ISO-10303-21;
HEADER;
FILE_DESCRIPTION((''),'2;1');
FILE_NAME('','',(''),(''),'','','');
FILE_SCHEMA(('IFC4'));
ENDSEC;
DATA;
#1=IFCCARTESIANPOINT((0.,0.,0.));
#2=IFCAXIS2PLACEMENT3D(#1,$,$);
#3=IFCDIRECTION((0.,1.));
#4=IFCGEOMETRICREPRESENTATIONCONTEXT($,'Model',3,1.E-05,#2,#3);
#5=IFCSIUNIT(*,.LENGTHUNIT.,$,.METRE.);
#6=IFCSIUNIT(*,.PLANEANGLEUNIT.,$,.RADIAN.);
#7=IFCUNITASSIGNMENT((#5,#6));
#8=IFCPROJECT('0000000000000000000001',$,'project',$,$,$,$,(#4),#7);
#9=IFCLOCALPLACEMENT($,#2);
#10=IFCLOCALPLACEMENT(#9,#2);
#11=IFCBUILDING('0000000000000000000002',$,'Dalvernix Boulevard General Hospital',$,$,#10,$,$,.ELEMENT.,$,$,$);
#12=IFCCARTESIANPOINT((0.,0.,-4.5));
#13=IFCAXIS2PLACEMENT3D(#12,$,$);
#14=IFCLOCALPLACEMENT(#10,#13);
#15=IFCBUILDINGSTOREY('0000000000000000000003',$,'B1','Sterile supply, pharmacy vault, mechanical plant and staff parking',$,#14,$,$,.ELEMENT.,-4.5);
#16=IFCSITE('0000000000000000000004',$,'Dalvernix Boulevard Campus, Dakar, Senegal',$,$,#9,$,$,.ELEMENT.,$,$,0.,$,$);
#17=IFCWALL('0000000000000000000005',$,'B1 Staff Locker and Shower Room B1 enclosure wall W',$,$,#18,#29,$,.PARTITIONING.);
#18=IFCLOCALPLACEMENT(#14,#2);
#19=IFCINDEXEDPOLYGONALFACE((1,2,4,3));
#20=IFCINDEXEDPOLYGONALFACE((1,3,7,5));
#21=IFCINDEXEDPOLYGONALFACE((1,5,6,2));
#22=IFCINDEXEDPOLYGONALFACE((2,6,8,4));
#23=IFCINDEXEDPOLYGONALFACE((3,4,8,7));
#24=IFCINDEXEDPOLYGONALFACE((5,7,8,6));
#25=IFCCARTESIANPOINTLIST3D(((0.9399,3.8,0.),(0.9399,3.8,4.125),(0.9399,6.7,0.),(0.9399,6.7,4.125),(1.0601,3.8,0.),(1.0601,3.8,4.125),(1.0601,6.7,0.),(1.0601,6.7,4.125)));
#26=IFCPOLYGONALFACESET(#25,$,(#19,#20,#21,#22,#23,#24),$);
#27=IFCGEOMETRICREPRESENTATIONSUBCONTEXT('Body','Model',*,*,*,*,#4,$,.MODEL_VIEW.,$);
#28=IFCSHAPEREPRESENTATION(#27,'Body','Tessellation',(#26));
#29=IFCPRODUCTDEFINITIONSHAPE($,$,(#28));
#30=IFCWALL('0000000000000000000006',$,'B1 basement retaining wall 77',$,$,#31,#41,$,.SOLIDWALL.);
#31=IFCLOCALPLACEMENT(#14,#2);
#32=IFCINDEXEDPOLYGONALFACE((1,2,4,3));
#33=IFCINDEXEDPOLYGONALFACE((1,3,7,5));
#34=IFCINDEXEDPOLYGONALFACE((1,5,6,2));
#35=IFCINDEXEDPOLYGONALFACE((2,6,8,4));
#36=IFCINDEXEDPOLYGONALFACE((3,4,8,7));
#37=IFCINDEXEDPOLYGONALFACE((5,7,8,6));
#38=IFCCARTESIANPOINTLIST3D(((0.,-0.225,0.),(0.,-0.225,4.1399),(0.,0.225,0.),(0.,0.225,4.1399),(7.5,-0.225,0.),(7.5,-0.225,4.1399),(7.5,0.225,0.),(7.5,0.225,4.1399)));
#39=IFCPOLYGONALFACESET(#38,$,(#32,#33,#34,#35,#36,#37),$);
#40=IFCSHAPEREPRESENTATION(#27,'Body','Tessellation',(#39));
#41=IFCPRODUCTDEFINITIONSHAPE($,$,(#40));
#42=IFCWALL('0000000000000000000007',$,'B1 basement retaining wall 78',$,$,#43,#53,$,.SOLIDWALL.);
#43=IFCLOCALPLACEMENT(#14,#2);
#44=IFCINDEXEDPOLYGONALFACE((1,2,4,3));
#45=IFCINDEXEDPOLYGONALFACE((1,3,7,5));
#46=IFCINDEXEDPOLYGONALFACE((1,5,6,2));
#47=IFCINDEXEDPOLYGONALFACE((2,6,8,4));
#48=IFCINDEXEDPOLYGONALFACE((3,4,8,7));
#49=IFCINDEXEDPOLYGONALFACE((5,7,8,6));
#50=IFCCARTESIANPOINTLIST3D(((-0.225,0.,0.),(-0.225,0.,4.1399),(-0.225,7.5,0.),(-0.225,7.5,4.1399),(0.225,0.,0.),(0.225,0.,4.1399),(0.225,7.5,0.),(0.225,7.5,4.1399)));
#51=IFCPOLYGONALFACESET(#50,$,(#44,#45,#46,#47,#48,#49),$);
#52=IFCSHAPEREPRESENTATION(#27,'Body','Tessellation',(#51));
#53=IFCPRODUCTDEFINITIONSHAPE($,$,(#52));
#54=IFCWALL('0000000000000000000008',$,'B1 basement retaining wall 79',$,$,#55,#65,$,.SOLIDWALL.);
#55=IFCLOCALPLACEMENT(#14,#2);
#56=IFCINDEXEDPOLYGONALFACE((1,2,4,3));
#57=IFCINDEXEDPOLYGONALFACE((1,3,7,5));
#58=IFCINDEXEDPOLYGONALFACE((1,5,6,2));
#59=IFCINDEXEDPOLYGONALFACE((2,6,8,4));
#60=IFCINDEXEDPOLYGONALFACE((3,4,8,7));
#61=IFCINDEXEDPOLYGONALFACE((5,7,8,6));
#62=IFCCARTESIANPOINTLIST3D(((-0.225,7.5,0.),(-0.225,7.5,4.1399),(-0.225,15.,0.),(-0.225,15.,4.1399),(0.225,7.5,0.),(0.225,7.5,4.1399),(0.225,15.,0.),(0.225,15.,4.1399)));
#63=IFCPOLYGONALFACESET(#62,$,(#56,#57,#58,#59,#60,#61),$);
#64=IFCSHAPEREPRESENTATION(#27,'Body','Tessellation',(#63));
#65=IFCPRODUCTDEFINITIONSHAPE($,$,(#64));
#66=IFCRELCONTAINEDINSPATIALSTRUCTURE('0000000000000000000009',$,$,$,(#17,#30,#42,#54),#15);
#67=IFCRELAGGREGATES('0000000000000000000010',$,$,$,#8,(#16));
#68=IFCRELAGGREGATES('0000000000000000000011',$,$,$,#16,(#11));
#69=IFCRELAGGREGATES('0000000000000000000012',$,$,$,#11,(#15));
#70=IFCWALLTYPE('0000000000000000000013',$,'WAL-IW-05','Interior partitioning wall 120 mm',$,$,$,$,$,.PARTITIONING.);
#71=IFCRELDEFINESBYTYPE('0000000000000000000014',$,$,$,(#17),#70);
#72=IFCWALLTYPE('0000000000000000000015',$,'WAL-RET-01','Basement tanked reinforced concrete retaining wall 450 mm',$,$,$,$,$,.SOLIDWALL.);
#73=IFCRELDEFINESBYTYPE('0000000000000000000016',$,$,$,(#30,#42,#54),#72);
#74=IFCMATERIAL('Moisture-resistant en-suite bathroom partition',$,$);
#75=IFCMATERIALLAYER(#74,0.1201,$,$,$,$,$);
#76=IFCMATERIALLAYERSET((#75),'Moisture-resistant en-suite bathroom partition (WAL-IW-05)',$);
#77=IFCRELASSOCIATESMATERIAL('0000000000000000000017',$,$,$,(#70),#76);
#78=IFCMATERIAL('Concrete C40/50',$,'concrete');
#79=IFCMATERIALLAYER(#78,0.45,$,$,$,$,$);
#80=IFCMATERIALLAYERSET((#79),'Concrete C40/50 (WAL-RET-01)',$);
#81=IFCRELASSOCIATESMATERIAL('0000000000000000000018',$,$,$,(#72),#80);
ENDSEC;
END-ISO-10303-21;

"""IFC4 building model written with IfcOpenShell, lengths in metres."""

from ifc_helpers import new_model, si_unit, direction, frame, frame_2d, origin, place, context, subcontext, project, spatial, rectangle, extrude, material, layer, layer_set, type_object, element, save


model = new_model("IFC4")

# Units and contexts
model_context = context("Model", 3, precision=1e-05, world=origin(), true_north=direction((0.0, 1.0)))
body_context = subcontext(model_context, "Body", "Model", "MODEL_VIEW")
ifc_project = project(units=[si_unit("LENGTHUNIT", "METRE"), si_unit("PLANEANGLEUNIT", "RADIAN")], contexts=[model_context])

# Site, building, storey
site_placement = place(None, origin())
site = spatial("IfcSite", under=ifc_project, at=site_placement, Name="Dalvernix Boulevard Campus, Dakar, Senegal", CompositionType="ELEMENT", RefElevation=0.0)
building_placement = place(site_placement, origin())
building = spatial("IfcBuilding", under=site, at=building_placement, Name="Dalvernix Boulevard General Hospital", CompositionType="ELEMENT")
storey_placement = place(building_placement, frame((0.0, 0.0, -4.5)))
storey = spatial("IfcBuildingStorey", under=building, at=storey_placement, Name="B1", Description="Sterile supply, pharmacy vault, mechanical plant and staff parking", CompositionType="ELEMENT", Elevation=-4.5)

# Shared definitions
ifc_material_1 = material(Name="Concrete C40/50", Category="concrete")

# Walls
ifc_material_2 = material(Name="Moisture-resistant en-suite bathroom partition")
ifc_layer_1 = layer(ifc_material_2, 0.1201)
ifc_layer_set_1 = layer_set([ifc_layer_1], Name="Moisture-resistant en-suite bathroom partition (WAL-IW-05)")
wall_type_1 = type_object("IfcWallType", Name="WAL-IW-05", Description="Interior partitioning wall 120 mm", PredefinedType="PARTITIONING", material=ifc_layer_set_1)
wall_1_placement = place(storey_placement, frame((1.0, 3.8, 0.0), z_axis=(0.0, 0.0, 1.0), x_axis=(0.0, 1.0, 0.0)))
element("IfcWall", 1, at=wall_1_placement, inside=storey, type_object=wall_type_1, Name="B1 Staff Locker and Shower Room B1 enclosure wall W", PredefinedType="PARTITIONING", context=body_context, shape_type="SweptSolid", body=[
    extrude(rectangle(XDim=2.8999, YDim=0.1201, at=frame_2d((1.45, 0.0))), origin(), (0.0, 0.0, 1.0), 4.125),
])
ifc_layer_2 = layer(ifc_material_1, 0.45)
ifc_layer_set_2 = layer_set([ifc_layer_2], Name="Concrete C40/50 (WAL-RET-01)")
wall_type_2 = type_object("IfcWallType", Name="WAL-RET-01", Description="Basement tanked reinforced concrete retaining wall 450 mm", PredefinedType="SOLIDWALL", material=ifc_layer_set_2)
for number, where, z_axis, x_axis, name in (
    (2, (7.5, 0.0, 0.0), (0.0, 0.0, 1.0), (-1.0, 0.0, 0.0), "B1 basement retaining wall 77"),
    (3, (0.0, 0.0, 0.0), (0.0, 0.0, 1.0), (0.0, 1.0, 0.0), "B1 basement retaining wall 78"),
    (4, (0.0, 7.5, 0.0), (0.0, 0.0, 1.0), (0.0, 1.0, 0.0), "B1 basement retaining wall 79"),
):
    element("IfcWall", number, at=place(storey_placement, frame(where, z_axis=z_axis, x_axis=x_axis)), inside=storey, type_object=wall_type_2, Name=name, PredefinedType="SOLIDWALL", context=body_context, shape_type="SweptSolid", body=[
        extrude(rectangle(XDim=7.5, YDim=0.45, at=frame_2d((3.75, 0.0))), origin(), (0.0, 0.0, 1.0), 4.1399),
    ])

save(model, "model.ifc")
